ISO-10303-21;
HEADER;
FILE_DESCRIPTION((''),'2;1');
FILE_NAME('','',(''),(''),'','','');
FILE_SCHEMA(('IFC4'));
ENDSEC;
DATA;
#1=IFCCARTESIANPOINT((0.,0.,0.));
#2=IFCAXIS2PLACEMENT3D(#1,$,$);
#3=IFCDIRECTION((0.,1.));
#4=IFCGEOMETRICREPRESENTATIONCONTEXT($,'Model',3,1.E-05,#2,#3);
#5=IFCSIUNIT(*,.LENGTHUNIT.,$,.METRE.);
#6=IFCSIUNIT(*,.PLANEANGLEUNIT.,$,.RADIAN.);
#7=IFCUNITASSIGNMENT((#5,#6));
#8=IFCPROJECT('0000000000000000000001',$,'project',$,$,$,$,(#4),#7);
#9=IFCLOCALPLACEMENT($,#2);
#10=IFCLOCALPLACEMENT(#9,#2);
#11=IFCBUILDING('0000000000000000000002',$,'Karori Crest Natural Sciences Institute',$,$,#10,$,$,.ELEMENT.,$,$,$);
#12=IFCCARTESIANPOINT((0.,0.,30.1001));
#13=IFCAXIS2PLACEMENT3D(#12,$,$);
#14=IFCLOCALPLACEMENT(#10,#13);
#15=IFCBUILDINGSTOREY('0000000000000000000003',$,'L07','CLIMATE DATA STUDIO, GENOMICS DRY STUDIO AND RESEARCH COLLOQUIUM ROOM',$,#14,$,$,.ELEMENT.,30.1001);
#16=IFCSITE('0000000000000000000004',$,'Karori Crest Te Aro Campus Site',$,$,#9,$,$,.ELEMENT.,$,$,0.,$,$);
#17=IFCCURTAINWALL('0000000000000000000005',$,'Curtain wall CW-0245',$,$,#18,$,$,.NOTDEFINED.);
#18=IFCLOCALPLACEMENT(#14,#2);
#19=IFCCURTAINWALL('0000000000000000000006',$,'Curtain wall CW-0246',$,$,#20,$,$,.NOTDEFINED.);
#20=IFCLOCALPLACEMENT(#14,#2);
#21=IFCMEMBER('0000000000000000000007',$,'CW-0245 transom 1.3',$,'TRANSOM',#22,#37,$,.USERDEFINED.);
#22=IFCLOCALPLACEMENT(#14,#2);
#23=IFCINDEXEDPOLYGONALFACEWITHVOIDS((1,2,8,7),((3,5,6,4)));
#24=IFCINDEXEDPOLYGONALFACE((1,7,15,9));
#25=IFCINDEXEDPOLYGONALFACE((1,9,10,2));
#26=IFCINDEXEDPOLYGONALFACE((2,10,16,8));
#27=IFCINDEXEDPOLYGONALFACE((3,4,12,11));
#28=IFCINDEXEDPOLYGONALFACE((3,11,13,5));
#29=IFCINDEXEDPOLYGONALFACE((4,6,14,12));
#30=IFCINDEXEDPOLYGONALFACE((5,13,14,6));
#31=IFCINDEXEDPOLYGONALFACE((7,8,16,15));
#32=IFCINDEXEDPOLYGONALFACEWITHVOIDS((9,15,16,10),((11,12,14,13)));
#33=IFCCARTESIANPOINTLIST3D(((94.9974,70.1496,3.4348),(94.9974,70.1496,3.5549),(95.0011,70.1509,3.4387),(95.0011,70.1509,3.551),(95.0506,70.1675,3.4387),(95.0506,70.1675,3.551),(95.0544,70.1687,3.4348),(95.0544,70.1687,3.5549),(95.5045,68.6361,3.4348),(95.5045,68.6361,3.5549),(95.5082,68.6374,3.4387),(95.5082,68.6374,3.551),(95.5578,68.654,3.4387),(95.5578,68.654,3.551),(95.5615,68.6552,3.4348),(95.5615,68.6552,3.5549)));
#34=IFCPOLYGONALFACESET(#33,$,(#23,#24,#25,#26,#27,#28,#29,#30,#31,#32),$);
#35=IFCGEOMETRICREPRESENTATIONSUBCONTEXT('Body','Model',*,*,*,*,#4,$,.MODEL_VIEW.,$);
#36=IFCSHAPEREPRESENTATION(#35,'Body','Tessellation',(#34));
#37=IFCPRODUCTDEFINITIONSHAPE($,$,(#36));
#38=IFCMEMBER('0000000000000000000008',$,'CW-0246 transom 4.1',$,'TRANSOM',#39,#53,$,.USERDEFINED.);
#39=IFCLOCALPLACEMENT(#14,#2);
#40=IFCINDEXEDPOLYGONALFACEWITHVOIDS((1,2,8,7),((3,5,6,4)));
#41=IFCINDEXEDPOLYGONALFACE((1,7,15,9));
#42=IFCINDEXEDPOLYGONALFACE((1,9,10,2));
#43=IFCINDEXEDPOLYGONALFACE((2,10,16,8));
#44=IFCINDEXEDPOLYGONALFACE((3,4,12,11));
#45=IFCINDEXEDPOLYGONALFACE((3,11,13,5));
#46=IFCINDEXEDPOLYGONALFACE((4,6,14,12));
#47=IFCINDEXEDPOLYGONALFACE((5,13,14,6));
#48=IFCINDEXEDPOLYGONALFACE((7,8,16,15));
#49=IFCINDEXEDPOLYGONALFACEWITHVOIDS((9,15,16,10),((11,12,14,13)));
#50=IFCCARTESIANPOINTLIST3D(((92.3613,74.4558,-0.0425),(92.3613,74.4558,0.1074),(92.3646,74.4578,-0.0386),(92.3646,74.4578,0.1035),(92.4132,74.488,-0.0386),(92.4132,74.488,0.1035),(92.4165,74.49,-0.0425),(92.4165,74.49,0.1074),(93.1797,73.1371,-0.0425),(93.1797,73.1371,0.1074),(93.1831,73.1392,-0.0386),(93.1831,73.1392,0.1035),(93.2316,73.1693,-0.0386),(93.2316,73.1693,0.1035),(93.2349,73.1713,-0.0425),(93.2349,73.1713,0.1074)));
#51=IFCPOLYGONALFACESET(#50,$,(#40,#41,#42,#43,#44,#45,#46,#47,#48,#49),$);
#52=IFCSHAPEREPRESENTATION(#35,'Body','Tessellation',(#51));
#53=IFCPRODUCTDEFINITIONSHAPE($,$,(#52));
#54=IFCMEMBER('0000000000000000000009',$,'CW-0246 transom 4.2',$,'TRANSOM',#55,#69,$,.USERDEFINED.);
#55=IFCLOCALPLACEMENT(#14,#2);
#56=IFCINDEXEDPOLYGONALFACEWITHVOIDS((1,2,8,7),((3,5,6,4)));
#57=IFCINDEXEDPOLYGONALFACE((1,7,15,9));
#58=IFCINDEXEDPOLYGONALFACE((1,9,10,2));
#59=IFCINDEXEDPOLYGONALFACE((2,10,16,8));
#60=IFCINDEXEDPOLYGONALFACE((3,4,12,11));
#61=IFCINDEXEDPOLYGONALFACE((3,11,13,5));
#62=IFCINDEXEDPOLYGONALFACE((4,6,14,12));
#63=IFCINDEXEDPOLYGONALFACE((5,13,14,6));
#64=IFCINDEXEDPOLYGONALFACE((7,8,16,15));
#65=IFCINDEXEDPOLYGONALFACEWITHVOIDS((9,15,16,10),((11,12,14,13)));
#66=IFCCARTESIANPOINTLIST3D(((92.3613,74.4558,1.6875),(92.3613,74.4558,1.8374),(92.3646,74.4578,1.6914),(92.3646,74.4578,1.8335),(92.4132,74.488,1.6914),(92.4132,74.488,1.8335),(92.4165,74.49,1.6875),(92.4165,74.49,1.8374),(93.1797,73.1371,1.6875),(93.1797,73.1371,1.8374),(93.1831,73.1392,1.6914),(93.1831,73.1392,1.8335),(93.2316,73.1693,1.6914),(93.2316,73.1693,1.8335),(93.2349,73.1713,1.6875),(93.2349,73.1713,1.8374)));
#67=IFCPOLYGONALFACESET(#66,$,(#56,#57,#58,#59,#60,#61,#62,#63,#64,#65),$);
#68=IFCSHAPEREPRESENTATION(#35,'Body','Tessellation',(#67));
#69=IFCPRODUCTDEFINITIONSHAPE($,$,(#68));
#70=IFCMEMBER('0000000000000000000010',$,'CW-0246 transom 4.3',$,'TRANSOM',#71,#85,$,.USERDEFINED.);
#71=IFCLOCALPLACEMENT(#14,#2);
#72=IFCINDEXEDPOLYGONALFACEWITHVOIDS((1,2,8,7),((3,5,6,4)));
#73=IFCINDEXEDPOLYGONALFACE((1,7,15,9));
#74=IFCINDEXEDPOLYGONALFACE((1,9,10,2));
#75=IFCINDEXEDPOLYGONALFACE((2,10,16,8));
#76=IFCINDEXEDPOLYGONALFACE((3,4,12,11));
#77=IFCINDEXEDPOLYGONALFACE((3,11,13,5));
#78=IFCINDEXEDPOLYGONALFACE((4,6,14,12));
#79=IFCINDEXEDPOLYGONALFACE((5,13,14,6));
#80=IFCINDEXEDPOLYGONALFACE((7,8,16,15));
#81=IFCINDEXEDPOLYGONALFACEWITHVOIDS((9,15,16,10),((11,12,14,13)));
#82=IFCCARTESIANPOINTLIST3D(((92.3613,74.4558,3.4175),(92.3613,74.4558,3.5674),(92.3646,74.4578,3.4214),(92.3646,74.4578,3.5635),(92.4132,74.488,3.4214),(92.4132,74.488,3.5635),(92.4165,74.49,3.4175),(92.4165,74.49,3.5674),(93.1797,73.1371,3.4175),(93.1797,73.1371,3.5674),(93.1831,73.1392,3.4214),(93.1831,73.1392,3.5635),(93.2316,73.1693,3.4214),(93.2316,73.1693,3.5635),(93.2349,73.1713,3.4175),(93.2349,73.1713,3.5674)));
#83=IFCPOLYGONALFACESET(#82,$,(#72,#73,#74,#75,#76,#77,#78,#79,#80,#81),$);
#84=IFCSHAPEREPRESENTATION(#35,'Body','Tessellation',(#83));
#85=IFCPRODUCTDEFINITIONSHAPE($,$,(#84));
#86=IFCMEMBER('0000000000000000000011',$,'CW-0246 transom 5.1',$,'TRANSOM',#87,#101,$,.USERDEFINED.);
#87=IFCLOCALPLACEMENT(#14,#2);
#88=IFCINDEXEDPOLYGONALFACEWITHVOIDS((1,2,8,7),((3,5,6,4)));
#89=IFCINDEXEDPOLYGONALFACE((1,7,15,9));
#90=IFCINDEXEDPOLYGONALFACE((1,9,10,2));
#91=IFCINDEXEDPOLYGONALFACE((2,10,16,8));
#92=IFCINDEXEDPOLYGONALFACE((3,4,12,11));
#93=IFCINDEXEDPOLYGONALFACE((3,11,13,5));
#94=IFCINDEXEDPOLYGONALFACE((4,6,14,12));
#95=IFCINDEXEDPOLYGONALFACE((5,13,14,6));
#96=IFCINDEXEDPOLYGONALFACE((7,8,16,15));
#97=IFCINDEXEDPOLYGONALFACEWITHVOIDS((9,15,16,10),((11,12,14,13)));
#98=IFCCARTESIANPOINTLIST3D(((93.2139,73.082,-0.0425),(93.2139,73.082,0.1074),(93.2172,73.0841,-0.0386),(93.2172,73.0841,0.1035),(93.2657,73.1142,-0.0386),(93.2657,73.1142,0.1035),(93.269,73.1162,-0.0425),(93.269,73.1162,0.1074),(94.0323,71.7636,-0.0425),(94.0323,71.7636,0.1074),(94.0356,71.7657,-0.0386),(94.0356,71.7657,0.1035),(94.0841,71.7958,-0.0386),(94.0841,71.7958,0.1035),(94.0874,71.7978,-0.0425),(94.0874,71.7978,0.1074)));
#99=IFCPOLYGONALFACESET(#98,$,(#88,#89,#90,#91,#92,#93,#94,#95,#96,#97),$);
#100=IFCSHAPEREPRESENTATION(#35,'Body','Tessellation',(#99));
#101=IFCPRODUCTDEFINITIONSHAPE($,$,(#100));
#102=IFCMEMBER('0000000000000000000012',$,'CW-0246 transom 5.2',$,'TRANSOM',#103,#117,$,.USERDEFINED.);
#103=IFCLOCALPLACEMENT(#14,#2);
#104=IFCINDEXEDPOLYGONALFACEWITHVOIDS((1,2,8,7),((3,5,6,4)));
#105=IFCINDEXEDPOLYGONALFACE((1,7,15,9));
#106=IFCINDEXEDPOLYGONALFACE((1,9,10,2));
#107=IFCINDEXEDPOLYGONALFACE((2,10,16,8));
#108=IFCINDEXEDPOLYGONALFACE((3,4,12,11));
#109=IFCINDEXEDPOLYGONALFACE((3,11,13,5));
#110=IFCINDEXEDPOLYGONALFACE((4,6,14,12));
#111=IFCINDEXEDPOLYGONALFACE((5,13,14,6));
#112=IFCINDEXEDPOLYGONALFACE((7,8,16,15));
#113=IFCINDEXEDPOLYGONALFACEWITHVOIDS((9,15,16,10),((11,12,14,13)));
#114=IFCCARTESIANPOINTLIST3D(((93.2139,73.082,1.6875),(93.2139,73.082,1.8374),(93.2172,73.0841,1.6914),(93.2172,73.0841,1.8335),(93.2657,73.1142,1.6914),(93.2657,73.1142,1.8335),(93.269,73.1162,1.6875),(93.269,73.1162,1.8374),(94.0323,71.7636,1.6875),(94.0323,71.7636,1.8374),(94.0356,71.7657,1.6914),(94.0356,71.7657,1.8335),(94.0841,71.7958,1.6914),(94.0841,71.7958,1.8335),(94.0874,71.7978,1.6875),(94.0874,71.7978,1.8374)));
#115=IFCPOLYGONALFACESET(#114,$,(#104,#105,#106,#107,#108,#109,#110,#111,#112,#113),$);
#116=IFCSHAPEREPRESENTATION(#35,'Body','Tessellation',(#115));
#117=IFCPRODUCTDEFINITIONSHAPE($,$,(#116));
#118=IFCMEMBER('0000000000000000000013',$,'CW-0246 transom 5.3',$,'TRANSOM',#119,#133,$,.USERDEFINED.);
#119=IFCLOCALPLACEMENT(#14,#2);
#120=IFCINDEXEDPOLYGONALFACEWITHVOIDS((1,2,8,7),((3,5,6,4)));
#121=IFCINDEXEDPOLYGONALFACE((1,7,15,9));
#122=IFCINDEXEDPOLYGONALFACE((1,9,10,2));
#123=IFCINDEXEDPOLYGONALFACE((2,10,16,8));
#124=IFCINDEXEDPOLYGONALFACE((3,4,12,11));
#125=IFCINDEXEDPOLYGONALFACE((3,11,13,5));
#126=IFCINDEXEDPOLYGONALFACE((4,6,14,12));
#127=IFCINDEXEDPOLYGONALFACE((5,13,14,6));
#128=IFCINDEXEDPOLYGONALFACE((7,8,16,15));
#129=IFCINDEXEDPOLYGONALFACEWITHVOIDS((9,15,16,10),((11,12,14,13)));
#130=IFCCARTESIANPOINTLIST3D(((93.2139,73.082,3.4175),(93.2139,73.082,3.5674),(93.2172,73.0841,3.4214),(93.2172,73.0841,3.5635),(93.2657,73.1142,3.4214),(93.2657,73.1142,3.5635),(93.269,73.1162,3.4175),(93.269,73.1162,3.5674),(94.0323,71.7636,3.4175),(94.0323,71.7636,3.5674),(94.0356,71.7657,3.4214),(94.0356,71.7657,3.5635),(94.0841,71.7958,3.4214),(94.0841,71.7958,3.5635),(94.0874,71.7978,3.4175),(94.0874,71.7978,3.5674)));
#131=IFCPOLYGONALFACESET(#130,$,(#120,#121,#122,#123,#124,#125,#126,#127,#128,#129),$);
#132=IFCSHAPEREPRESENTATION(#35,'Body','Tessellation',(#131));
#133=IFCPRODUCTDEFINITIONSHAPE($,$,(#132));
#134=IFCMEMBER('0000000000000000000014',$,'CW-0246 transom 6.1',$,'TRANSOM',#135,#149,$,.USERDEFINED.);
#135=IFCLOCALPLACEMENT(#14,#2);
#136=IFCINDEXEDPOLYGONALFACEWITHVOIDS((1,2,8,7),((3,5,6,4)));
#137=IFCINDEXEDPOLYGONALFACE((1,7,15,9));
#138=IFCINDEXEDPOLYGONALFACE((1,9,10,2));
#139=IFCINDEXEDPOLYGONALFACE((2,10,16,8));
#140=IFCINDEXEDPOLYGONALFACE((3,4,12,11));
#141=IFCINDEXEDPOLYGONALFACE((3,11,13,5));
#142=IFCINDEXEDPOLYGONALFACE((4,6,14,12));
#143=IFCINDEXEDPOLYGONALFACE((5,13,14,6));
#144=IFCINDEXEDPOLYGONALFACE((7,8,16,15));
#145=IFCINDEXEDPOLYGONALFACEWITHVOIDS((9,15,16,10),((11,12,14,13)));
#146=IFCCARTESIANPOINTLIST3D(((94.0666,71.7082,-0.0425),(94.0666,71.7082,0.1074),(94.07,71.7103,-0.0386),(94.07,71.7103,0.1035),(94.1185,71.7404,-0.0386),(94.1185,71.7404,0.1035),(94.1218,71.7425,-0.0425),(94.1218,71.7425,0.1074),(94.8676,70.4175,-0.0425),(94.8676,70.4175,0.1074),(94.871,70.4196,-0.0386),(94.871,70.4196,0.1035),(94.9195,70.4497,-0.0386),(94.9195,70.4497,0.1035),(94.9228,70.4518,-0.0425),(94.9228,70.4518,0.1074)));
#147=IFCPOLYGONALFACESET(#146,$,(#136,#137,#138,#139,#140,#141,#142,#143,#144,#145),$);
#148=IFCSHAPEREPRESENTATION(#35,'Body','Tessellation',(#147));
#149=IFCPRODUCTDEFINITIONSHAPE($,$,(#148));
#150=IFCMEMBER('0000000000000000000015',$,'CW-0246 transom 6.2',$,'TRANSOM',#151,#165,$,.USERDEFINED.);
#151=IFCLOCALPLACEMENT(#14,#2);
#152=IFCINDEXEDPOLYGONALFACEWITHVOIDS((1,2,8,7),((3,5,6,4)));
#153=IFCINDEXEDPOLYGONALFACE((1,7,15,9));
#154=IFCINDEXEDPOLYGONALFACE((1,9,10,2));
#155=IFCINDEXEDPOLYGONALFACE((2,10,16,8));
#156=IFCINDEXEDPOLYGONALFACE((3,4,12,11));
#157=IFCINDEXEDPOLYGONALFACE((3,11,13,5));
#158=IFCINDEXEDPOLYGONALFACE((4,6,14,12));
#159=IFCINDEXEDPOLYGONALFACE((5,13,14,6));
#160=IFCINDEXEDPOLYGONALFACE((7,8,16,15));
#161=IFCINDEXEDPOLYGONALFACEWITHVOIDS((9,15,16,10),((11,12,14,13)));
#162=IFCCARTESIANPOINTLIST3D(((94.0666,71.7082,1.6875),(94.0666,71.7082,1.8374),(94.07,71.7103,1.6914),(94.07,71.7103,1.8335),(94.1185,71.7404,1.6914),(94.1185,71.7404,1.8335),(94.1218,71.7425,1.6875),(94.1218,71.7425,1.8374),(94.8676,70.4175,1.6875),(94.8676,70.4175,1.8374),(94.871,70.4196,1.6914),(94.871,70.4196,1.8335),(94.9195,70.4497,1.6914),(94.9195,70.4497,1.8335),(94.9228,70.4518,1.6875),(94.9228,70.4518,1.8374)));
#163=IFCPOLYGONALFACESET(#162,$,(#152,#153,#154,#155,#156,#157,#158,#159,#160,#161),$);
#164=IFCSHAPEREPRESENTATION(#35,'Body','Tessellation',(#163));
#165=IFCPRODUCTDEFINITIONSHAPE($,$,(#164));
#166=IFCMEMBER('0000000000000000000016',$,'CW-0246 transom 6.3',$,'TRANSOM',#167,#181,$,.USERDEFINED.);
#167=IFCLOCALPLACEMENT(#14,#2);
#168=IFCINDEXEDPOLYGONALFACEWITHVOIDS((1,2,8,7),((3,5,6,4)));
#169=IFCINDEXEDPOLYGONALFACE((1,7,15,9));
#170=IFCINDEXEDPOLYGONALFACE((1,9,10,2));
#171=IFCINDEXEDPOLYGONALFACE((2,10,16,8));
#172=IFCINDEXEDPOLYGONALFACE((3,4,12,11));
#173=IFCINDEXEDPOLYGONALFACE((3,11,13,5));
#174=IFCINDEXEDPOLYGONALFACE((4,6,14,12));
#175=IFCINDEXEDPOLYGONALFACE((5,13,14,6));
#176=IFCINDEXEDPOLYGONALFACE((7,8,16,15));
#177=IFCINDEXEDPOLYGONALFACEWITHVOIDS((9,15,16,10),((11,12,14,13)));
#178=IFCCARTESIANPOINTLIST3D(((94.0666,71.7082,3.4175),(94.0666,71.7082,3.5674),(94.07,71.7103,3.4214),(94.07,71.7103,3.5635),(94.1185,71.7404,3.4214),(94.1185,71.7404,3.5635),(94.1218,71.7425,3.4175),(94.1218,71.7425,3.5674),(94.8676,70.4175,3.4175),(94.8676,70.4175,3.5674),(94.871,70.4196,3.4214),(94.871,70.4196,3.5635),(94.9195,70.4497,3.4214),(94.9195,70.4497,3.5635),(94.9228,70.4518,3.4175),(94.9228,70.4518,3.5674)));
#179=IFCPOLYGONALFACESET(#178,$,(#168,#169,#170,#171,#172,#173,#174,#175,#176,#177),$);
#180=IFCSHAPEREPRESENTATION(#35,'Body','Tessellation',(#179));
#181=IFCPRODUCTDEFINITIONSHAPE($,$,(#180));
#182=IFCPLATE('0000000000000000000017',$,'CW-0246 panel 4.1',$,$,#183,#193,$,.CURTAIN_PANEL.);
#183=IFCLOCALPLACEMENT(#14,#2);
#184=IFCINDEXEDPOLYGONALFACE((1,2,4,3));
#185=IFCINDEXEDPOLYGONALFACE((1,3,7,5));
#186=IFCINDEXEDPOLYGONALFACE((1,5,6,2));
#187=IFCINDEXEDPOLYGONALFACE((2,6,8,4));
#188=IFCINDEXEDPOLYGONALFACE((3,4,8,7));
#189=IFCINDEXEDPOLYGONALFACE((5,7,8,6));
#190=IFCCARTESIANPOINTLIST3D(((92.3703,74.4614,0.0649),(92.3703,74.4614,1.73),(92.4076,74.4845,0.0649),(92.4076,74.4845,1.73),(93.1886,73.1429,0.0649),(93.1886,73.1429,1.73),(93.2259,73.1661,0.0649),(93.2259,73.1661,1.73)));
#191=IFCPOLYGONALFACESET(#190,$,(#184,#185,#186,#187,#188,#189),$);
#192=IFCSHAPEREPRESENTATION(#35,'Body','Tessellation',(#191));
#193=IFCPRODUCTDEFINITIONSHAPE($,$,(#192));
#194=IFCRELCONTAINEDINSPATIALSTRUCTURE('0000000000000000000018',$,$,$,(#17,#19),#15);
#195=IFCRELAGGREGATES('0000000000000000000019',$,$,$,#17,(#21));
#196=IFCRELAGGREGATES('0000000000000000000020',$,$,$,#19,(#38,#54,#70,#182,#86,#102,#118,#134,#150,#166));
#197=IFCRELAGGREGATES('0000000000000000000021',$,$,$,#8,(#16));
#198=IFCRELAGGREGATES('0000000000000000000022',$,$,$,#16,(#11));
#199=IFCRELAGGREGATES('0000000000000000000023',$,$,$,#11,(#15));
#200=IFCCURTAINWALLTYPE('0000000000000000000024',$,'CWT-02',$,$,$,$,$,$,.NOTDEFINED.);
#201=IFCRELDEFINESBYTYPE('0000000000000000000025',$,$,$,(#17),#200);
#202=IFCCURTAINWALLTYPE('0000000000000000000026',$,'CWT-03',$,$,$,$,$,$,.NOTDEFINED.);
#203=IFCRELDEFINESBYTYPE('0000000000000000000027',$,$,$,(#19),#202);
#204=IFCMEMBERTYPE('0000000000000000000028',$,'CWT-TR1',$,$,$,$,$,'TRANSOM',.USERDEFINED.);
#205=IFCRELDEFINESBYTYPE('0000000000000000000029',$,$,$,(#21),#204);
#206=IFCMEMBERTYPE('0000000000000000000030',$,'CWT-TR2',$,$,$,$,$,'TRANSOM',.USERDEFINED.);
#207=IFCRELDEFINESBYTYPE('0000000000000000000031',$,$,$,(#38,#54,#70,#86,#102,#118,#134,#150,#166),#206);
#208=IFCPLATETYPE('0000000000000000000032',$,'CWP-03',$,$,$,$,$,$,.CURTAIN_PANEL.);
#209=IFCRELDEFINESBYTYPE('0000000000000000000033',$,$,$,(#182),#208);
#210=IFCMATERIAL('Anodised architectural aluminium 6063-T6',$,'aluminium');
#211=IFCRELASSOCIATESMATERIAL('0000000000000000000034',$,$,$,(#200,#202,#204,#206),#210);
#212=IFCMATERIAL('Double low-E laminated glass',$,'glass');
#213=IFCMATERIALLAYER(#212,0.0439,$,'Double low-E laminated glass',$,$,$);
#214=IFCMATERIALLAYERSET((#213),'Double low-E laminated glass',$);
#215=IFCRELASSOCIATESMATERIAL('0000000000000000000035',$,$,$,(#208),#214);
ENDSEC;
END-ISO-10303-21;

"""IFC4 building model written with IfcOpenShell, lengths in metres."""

from ifc_helpers import new_model, si_unit, direction, frame, origin, origin_2d, place, context, subcontext, project, spatial, rectangle, hollow_rectangle, extrude, material, layer, layer_set, material_profile, profile_set, type_object, element, aggregate, save


model = new_model("IFC4")

# Units and contexts
model_context = context("Model", 3, precision=1e-05, world=origin(), true_north=direction((0.0, 1.0)))
body_context = subcontext(model_context, "Body", "Model", "MODEL_VIEW")
ifc_project = project(units=[si_unit("LENGTHUNIT", "METRE"), si_unit("PLANEANGLEUNIT", "RADIAN")], contexts=[model_context])

# Site, building, storey
site_placement = place(None, origin())
site = spatial("IfcSite", under=ifc_project, at=site_placement, Name="Karori Crest Te Aro Campus Site", CompositionType="ELEMENT", RefElevation=0.0)
building_placement = place(site_placement, origin())
building = spatial("IfcBuilding", under=site, at=building_placement, Name="Karori Crest Natural Sciences Institute", CompositionType="ELEMENT")
storey_placement = place(building_placement, frame((0.0, 0.0, 30.1001)))
storey = spatial("IfcBuildingStorey", under=building, at=storey_placement, Name="L07", Description="CLIMATE DATA STUDIO, GENOMICS DRY STUDIO AND RESEARCH COLLOQUIUM ROOM", CompositionType="ELEMENT", Elevation=30.1001)

# Curtain wall
ifc_material_1 = material(Name="Anodised architectural aluminium 6063-T6", Category="aluminium")
curtain_wall_type_1 = type_object("IfcCurtainWallType", Name="CWT-02", PredefinedType="NOTDEFINED", material=ifc_material_1)
curtain_wall_1_placement = place(storey_placement, origin())
curtain_wall_1 = element("IfcCurtainWall", 1, at=curtain_wall_1_placement, inside=storey, type_object=curtain_wall_type_1, Name="Curtain wall CW-0245", PredefinedType="NOTDEFINED")

# Curtain wall
curtain_wall_type_2 = type_object("IfcCurtainWallType", Name="CWT-03", PredefinedType="NOTDEFINED", material=ifc_material_1)
curtain_wall_2_placement = place(storey_placement, origin())
curtain_wall_2 = element("IfcCurtainWall", 2, at=curtain_wall_2_placement, inside=storey, type_object=curtain_wall_type_2, Name="Curtain wall CW-0246", PredefinedType="NOTDEFINED")

# Members
ifc_material_profile_1 = material_profile(ifc_material_1, hollow_rectangle(XDim=0.0601, YDim=0.1201, WallThickness=0.0039, at=origin_2d()), Name="CWT120x60x4")
ifc_profile_set_1 = profile_set([ifc_material_profile_1], Name="Anodised architectural aluminium 6063-T6")
member_type_1 = type_object("IfcMemberType", Name="CWT-TR1", ElementType="TRANSOM", PredefinedType="USERDEFINED", material=ifc_profile_set_1)
member_1_placement = place(storey_placement, frame((95.0259, 70.1592, 3.4949), z_axis=(0.317696, -0.948193, 0.0), x_axis=(0.948193, 0.317696, 0.0)))
member_1 = element("IfcMember", 3, at=member_1_placement, type_object=member_type_1, Name="CW-0245 transom 1.3", ObjectType="TRANSOM", PredefinedType="USERDEFINED", context=body_context, shape_type="SweptSolid", body=[
    extrude(hollow_rectangle(XDim=0.0601, YDim=0.1201, WallThickness=0.0039, at=origin_2d()), origin(), (0.0, 0.0, 1.0), 1.5962),
])
aggregate(curtain_wall_1, [member_1])
ifc_material_profile_2 = material_profile(ifc_material_1, hollow_rectangle(XDim=0.0649, YDim=0.1499, WallThickness=0.0039, at=origin_2d()), Name="CWT150x65x4")
ifc_profile_set_2 = profile_set([ifc_material_profile_2], Name="Anodised architectural aluminium 6063-T6")
member_type_2 = type_object("IfcMemberType", Name="CWT-TR2", ElementType="TRANSOM", PredefinedType="USERDEFINED", material=ifc_profile_set_2)
member_2_placement = place(storey_placement, frame((92.3889, 74.4729, 0.0325), z_axis=(0.527324, -0.849664, 0.0), x_axis=(0.849664, 0.527324, 0.0)))
member_2 = element("IfcMember", 4, at=member_2_placement, type_object=member_type_2, Name="CW-0246 transom 4.1", ObjectType="TRANSOM", PredefinedType="USERDEFINED", context=body_context, shape_type="SweptSolid", body=[
    extrude(hollow_rectangle(XDim=0.0649, YDim=0.1499, WallThickness=0.0039, at=origin_2d()), origin(), (0.0, 0.0, 1.0), 1.552),
])
member_3_placement = place(storey_placement, frame((92.3889, 74.4729, 1.7625), z_axis=(0.527324, -0.849664, 0.0), x_axis=(0.849664, 0.527324, 0.0)))
member_3 = element("IfcMember", 5, at=member_3_placement, type_object=member_type_2, Name="CW-0246 transom 4.2", ObjectType="TRANSOM", PredefinedType="USERDEFINED", context=body_context, shape_type="SweptSolid", body=[
    extrude(hollow_rectangle(XDim=0.0649, YDim=0.1499, WallThickness=0.0039, at=origin_2d()), origin(), (0.0, 0.0, 1.0), 1.552),
])
member_4_placement = place(storey_placement, frame((92.3889, 74.4729, 3.4924), z_axis=(0.527324, -0.849664, 0.0), x_axis=(0.849664, 0.527324, 0.0)))
member_4 = element("IfcMember", 6, at=member_4_placement, type_object=member_type_2, Name="CW-0246 transom 4.3", ObjectType="TRANSOM", PredefinedType="USERDEFINED", context=body_context, shape_type="SweptSolid", body=[
    extrude(hollow_rectangle(XDim=0.0649, YDim=0.1499, WallThickness=0.0039, at=origin_2d()), origin(), (0.0, 0.0, 1.0), 1.552),
])
member_5_placement = place(storey_placement, frame((93.2415, 73.0991, 0.0325), z_axis=(0.527394, -0.849621, 0.0), x_axis=(0.849621, 0.527394, 0.0)))
member_5 = element("IfcMember", 7, at=member_5_placement, type_object=member_type_2, Name="CW-0246 transom 5.1", ObjectType="TRANSOM", PredefinedType="USERDEFINED", context=body_context, shape_type="SweptSolid", body=[
    extrude(hollow_rectangle(XDim=0.0649, YDim=0.1499, WallThickness=0.0039, at=origin_2d()), origin(), (0.0, 0.0, 1.0), 1.5518),
])
member_6_placement = place(storey_placement, frame((93.2415, 73.0991, 1.7625), z_axis=(0.527394, -0.849621, 0.0), x_axis=(0.849621, 0.527394, 0.0)))
member_6 = element("IfcMember", 8, at=member_6_placement, type_object=member_type_2, Name="CW-0246 transom 5.2", ObjectType="TRANSOM", PredefinedType="USERDEFINED", context=body_context, shape_type="SweptSolid", body=[
    extrude(hollow_rectangle(XDim=0.0649, YDim=0.1499, WallThickness=0.0039, at=origin_2d()), origin(), (0.0, 0.0, 1.0), 1.5518),
])
member_7_placement = place(storey_placement, frame((93.2415, 73.0991, 3.4924), z_axis=(0.527394, -0.849621, 0.0), x_axis=(0.849621, 0.527394, 0.0)))
member_7 = element("IfcMember", 9, at=member_7_placement, type_object=member_type_2, Name="CW-0246 transom 5.3", ObjectType="TRANSOM", PredefinedType="USERDEFINED", context=body_context, shape_type="SweptSolid", body=[
    extrude(hollow_rectangle(XDim=0.0649, YDim=0.1499, WallThickness=0.0039, at=origin_2d()), origin(), (0.0, 0.0, 1.0), 1.5518),
])
member_8_placement = place(storey_placement, frame((94.0942, 71.7253, 0.0325), z_axis=(0.527295, -0.849682, 0.0), x_axis=(0.849682, 0.527295, 0.0)))
member_8 = element("IfcMember", 10, at=member_8_placement, type_object=member_type_2, Name="CW-0246 transom 6.1", ObjectType="TRANSOM", PredefinedType="USERDEFINED", context=body_context, shape_type="SweptSolid", body=[
    extrude(hollow_rectangle(XDim=0.0649, YDim=0.1499, WallThickness=0.0039, at=origin_2d()), origin(), (0.0, 0.0, 1.0), 1.519),
])
member_9_placement = place(storey_placement, frame((94.0942, 71.7253, 1.7625), z_axis=(0.527295, -0.849682, 0.0), x_axis=(0.849682, 0.527295, 0.0)))
member_9 = element("IfcMember", 11, at=member_9_placement, type_object=member_type_2, Name="CW-0246 transom 6.2", ObjectType="TRANSOM", PredefinedType="USERDEFINED", context=body_context, shape_type="SweptSolid", body=[
    extrude(hollow_rectangle(XDim=0.0649, YDim=0.1499, WallThickness=0.0039, at=origin_2d()), origin(), (0.0, 0.0, 1.0), 1.519),
])
member_10_placement = place(storey_placement, frame((94.0942, 71.7253, 3.4924), z_axis=(0.527295, -0.849682, 0.0), x_axis=(0.849682, 0.527295, 0.0)))
member_10 = element("IfcMember", 12, at=member_10_placement, type_object=member_type_2, Name="CW-0246 transom 6.3", ObjectType="TRANSOM", PredefinedType="USERDEFINED", context=body_context, shape_type="SweptSolid", body=[
    extrude(hollow_rectangle(XDim=0.0649, YDim=0.1499, WallThickness=0.0039, at=origin_2d()), origin(), (0.0, 0.0, 1.0), 1.519),
])

# Plate
ifc_material_2 = material(Name="Double low-E laminated glass", Category="glass")
ifc_layer_1 = layer(ifc_material_2, 0.0439, Name="Double low-E laminated glass")
ifc_layer_set_1 = layer_set([ifc_layer_1], Name="Double low-E laminated glass")
plate_type = type_object("IfcPlateType", Name="CWP-03", PredefinedType="CURTAIN_PANEL", material=ifc_layer_set_1)
plate_1_placement = place(storey_placement, frame((92.7981, 73.8137, 0.0649), z_axis=(0.0, 0.0, 1.0), x_axis=(0.527328, -0.849662, 0.0)))
plate_1 = element("IfcPlate", 13, at=plate_1_placement, type_object=plate_type, Name="CW-0246 panel 4.1", PredefinedType="CURTAIN_PANEL", context=body_context, shape_type="SweptSolid", body=[
    extrude(rectangle(XDim=1.5518, YDim=0.0439, at=origin_2d()), origin(), (0.0, 0.0, 1.0), 1.665),
])
aggregate(curtain_wall_2, [member_2, member_3, member_4, plate_1, member_5, member_6, member_7, member_8, member_9, member_10])

save(model, "model.ifc")
